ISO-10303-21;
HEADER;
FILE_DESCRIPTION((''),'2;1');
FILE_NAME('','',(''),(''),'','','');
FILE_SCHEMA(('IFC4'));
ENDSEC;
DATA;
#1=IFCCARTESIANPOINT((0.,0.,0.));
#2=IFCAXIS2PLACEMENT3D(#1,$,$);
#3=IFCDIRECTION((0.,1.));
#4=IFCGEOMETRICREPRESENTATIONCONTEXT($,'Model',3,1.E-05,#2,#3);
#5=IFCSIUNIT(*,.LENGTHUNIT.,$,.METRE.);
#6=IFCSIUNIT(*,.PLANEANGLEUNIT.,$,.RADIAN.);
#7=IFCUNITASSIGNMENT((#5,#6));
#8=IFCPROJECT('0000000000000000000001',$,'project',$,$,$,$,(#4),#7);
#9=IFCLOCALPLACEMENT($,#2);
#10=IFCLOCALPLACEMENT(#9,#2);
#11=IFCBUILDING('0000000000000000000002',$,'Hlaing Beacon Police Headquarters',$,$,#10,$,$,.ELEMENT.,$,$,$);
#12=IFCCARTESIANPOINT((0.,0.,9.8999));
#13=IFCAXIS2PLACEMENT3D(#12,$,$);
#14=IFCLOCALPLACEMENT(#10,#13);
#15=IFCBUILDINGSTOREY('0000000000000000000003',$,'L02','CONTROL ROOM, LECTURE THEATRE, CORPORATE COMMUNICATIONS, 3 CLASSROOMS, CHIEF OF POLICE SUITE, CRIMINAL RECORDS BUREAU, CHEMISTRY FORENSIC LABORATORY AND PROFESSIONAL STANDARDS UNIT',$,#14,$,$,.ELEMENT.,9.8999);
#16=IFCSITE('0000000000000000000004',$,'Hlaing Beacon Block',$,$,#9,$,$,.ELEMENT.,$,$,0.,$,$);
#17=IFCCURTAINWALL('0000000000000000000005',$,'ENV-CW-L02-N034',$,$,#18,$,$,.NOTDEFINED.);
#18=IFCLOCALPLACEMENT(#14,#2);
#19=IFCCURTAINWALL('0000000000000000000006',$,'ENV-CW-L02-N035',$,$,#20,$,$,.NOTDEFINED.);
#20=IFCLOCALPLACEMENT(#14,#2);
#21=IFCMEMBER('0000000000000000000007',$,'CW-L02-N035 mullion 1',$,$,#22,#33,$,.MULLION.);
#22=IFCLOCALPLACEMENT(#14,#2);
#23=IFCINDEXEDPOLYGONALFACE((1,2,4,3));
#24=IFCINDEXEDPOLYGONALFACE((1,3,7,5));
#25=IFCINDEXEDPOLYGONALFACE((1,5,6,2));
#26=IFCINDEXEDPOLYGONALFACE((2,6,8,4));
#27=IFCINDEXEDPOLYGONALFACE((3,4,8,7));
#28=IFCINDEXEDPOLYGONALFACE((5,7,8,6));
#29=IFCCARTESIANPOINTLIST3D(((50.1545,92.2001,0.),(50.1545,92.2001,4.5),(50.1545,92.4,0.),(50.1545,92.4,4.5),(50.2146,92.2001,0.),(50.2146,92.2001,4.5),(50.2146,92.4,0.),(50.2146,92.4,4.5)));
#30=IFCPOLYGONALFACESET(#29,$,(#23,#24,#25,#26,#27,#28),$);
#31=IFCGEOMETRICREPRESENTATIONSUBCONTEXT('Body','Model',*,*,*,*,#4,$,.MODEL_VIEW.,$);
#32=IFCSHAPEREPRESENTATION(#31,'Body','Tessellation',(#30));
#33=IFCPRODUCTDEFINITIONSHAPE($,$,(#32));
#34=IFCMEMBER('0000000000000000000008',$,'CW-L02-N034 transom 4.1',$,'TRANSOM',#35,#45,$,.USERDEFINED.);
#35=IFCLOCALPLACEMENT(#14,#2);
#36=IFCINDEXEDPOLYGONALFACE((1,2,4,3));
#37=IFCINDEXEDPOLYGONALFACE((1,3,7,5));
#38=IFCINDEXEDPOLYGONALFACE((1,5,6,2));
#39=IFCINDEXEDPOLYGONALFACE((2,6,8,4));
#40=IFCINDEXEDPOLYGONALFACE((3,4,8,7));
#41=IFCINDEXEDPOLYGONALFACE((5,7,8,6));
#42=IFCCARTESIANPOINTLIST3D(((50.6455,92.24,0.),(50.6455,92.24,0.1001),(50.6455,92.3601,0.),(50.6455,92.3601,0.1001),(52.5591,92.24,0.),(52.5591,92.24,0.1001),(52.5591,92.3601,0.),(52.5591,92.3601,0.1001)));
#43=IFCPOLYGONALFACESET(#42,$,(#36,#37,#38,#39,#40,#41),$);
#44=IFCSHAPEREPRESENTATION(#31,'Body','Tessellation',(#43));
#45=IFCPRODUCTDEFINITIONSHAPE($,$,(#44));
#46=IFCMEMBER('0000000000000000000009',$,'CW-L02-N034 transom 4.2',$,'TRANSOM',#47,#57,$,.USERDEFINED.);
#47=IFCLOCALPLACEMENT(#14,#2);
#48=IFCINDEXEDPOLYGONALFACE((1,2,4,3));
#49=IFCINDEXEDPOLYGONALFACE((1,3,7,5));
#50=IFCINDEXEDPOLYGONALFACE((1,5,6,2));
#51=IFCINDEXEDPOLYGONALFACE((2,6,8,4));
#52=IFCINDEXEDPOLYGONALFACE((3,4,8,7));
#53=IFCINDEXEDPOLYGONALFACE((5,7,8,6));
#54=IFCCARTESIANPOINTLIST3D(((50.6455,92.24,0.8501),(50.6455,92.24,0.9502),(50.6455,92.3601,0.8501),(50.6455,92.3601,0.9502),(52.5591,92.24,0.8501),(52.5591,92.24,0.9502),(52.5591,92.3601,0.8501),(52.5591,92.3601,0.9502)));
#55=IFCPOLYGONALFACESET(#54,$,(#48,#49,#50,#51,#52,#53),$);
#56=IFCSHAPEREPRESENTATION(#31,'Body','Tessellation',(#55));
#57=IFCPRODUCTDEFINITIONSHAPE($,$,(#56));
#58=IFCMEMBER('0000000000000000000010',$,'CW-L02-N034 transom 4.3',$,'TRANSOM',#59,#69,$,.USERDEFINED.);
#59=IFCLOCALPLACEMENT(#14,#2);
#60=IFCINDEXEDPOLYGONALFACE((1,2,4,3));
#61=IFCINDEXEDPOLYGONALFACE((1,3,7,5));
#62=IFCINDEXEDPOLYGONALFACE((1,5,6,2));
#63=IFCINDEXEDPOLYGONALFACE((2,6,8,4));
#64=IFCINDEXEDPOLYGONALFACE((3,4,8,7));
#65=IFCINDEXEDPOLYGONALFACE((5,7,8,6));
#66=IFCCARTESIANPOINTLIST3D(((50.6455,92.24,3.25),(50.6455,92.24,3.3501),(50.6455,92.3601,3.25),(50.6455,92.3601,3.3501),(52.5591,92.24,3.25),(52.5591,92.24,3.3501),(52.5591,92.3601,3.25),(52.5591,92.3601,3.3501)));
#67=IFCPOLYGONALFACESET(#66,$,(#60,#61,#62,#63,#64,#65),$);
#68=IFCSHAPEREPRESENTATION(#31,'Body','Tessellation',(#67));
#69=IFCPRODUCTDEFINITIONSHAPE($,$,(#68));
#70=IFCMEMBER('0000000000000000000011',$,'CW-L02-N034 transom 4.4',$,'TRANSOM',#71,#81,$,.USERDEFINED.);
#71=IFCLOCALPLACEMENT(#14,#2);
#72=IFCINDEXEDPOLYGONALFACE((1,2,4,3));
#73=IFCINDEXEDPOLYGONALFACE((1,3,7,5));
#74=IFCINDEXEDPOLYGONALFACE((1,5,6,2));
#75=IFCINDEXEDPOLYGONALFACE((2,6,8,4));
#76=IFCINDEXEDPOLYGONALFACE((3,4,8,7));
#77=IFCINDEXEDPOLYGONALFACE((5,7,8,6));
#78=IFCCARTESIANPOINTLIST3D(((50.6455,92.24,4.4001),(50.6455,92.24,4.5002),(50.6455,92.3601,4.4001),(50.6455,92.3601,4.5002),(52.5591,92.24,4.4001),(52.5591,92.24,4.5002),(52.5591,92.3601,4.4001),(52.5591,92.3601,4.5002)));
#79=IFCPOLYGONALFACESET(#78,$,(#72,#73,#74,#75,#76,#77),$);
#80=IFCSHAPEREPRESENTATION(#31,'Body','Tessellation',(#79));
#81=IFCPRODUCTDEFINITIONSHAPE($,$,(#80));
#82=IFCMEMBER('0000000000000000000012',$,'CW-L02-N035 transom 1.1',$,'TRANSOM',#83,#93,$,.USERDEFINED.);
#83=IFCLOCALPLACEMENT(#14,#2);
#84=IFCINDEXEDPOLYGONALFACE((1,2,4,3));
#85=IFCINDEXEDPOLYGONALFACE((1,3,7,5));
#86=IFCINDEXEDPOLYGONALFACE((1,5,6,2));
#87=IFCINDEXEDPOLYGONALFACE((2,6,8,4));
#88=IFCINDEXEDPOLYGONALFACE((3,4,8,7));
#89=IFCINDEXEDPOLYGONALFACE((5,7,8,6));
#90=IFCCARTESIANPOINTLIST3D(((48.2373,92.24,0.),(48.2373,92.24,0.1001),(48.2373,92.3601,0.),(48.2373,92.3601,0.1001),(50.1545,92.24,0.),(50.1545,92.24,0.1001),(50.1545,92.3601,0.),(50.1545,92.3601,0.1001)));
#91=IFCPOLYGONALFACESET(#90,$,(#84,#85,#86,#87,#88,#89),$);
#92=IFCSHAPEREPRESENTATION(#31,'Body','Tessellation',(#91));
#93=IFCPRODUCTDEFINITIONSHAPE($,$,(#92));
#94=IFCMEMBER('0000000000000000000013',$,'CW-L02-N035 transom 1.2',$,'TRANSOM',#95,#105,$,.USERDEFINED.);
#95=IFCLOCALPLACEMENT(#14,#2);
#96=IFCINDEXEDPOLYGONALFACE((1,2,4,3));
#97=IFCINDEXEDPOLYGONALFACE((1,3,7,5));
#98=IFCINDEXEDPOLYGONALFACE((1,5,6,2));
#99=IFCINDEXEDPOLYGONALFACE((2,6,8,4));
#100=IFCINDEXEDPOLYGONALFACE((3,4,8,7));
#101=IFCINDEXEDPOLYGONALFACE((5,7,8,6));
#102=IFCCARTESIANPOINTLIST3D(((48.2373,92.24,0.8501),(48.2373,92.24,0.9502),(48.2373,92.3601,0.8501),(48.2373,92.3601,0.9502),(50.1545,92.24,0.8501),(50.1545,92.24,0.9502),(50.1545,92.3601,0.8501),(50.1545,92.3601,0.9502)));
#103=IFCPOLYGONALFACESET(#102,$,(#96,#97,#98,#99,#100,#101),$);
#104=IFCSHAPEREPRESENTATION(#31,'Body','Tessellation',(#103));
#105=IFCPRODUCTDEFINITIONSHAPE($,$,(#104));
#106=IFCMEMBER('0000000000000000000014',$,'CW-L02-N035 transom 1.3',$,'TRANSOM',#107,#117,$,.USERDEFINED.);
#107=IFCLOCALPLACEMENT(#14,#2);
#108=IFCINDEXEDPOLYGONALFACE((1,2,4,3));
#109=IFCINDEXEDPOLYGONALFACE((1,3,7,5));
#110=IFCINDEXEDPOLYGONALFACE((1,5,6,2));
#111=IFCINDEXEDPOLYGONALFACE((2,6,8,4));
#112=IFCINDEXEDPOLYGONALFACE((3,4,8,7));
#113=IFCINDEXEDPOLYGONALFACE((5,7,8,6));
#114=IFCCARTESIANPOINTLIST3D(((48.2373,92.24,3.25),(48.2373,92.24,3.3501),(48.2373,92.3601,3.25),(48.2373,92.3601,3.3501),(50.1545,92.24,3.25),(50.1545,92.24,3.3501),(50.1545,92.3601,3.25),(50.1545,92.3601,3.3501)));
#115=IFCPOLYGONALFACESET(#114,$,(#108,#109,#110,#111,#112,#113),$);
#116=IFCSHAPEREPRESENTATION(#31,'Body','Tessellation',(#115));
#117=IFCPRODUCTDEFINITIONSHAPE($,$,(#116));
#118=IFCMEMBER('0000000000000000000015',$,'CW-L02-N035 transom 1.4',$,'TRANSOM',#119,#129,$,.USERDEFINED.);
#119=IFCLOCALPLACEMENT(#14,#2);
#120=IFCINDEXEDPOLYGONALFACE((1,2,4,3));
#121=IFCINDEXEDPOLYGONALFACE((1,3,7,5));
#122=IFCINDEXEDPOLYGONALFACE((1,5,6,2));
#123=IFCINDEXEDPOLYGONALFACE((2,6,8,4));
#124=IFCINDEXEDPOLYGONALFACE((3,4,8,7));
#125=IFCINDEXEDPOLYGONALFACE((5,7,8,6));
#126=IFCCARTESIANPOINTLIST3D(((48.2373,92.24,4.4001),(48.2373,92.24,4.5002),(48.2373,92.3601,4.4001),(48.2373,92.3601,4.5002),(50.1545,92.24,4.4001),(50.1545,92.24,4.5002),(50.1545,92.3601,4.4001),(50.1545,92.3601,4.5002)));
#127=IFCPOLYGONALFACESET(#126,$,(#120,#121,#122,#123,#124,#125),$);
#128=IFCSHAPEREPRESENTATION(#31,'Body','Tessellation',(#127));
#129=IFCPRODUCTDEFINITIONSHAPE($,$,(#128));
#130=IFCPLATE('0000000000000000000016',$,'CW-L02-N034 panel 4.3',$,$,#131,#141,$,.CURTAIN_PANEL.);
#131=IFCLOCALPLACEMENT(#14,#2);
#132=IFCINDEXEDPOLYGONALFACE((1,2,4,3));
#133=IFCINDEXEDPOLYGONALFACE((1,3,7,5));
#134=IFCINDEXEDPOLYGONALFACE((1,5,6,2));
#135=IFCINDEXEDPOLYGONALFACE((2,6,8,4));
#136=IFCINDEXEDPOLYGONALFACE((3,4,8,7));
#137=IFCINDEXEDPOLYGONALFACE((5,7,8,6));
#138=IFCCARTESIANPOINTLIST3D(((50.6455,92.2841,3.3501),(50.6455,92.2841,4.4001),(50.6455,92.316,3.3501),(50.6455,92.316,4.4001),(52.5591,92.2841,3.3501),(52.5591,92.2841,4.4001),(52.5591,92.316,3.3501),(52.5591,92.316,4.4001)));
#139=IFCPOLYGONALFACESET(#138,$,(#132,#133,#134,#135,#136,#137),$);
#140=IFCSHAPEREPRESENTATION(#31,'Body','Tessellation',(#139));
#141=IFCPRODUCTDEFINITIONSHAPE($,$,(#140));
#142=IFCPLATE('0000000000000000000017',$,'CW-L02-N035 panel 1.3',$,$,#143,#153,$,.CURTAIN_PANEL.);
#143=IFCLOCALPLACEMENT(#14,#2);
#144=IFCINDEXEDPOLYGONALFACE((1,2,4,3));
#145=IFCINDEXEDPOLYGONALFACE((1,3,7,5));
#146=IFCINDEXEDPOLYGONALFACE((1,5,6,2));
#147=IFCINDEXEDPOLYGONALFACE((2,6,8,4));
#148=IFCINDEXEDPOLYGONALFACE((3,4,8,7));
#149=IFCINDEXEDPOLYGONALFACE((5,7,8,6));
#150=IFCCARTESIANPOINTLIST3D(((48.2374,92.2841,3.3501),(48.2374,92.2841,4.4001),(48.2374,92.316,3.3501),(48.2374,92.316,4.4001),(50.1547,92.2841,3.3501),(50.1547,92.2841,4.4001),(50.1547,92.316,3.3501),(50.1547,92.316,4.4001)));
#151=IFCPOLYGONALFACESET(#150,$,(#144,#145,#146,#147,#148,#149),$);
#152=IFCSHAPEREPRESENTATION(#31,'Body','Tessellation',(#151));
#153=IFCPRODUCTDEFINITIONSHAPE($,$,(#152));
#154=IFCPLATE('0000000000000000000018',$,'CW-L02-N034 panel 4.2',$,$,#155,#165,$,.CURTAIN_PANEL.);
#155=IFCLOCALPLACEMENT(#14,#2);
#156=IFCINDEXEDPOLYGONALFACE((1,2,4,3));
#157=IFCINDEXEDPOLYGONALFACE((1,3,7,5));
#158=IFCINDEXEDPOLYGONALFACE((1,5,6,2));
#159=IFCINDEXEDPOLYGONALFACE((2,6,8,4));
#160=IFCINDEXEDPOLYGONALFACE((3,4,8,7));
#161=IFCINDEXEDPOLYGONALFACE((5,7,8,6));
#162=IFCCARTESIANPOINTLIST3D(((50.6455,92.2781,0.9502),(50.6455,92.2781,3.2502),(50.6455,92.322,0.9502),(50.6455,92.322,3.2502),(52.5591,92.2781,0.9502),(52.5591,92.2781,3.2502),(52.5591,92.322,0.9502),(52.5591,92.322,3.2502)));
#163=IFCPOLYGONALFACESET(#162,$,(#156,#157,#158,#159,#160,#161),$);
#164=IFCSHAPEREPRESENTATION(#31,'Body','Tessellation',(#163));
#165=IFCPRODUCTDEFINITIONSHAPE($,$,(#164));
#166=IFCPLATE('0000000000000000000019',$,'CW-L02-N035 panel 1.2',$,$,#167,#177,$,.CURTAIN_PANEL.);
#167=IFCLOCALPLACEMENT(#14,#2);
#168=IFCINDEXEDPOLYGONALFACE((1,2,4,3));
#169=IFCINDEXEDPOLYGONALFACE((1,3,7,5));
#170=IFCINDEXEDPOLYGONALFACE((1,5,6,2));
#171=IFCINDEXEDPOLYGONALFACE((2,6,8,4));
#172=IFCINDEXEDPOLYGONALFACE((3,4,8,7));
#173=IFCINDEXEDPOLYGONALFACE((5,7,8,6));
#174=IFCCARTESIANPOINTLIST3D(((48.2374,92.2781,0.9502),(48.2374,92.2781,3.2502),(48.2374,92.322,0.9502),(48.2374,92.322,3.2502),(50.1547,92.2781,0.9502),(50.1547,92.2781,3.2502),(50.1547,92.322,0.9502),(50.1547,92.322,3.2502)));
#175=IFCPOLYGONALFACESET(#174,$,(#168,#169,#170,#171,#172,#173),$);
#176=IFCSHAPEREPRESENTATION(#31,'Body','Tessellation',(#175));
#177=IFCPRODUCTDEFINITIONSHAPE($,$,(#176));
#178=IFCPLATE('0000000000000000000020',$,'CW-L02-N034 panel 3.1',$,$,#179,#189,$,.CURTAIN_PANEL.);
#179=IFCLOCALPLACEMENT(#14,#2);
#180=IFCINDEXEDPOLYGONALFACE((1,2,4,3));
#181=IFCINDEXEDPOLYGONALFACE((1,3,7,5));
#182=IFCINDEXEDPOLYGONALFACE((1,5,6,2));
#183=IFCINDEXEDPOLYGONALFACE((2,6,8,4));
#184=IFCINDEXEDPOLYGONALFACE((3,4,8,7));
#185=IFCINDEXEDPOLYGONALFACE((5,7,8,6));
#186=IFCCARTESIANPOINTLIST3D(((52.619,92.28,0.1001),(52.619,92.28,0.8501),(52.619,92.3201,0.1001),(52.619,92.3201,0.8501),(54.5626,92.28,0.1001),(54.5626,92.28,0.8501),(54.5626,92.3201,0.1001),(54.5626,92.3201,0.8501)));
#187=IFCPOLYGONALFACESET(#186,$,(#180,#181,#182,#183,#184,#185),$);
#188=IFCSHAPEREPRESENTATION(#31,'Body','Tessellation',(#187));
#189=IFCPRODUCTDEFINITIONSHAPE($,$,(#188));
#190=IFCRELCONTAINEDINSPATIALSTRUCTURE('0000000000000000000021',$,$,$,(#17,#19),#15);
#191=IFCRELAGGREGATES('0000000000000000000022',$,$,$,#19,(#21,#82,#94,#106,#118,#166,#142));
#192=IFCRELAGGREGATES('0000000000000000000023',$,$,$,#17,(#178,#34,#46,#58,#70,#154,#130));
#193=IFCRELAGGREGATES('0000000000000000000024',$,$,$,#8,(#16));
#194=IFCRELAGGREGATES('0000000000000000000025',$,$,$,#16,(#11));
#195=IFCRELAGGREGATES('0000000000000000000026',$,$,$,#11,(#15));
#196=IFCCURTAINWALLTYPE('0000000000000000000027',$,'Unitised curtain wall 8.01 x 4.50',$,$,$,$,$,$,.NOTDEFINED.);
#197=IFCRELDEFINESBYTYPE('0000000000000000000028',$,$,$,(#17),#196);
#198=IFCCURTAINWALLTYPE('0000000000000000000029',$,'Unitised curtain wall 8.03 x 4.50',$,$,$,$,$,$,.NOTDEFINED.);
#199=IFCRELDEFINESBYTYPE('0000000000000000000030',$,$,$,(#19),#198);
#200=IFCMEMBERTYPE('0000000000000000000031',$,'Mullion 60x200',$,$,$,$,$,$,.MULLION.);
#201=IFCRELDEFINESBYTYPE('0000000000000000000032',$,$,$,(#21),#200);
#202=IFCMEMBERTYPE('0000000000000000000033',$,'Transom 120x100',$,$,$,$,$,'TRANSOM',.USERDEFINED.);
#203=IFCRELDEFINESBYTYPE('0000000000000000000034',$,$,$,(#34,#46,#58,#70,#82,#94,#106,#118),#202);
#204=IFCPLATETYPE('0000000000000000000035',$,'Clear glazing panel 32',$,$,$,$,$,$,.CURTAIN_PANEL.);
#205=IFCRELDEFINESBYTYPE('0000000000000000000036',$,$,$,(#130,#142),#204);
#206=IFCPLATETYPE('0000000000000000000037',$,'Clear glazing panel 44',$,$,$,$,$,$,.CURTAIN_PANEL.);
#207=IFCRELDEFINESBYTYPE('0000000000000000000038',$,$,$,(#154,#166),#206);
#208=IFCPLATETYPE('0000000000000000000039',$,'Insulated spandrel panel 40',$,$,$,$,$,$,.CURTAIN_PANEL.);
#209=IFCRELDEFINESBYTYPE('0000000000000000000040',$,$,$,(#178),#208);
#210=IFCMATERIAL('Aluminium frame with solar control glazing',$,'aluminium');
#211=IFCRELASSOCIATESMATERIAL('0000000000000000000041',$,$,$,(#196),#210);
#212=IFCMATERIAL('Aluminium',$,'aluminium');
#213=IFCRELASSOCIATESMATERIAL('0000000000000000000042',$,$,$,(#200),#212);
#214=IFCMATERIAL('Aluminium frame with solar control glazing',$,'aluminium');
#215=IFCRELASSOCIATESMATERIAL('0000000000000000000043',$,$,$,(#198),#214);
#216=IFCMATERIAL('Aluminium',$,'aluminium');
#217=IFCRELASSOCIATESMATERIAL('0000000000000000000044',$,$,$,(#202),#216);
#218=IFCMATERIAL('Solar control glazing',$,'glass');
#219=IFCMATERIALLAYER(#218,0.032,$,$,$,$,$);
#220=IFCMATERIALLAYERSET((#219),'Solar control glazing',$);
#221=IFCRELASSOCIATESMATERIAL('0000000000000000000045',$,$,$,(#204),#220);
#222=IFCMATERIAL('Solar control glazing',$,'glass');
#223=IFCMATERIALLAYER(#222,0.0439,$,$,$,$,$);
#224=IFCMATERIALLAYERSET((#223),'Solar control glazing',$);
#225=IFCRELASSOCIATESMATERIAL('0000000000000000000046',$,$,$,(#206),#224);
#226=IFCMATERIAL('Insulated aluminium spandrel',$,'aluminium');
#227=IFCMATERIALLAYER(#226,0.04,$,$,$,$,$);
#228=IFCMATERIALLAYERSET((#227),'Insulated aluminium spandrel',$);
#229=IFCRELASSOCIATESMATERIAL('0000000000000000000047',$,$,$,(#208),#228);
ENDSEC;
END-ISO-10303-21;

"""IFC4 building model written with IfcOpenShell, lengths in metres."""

from ifc_helpers import new_model, si_unit, direction, frame, origin, origin_2d, place, context, subcontext, project, spatial, rectangle, extrude, material, layer, layer_set, material_profile, profile_set, type_object, element, aggregate, save


model = new_model("IFC4")

# Units and contexts
model_context = context("Model", 3, precision=1e-05, world=origin(), true_north=direction((0.0, 1.0)))
body_context = subcontext(model_context, "Body", "Model", "MODEL_VIEW")
ifc_project = project(units=[si_unit("LENGTHUNIT", "METRE"), si_unit("PLANEANGLEUNIT", "RADIAN")], contexts=[model_context])

# Site, building, storey
site_placement = place(None, origin())
site = spatial("IfcSite", under=ifc_project, at=site_placement, Name="Hlaing Beacon Block", CompositionType="ELEMENT", RefElevation=0.0)
building_placement = place(site_placement, origin())
building = spatial("IfcBuilding", under=site, at=building_placement, Name="Hlaing Beacon Police Headquarters", CompositionType="ELEMENT")
storey_placement = place(building_placement, frame((0.0, 0.0, 9.8999)))
storey = spatial("IfcBuildingStorey", under=building, at=storey_placement, Name="L02", Description="CONTROL ROOM, LECTURE THEATRE, CORPORATE COMMUNICATIONS, 3 CLASSROOMS, CHIEF OF POLICE SUITE, CRIMINAL RECORDS BUREAU, CHEMISTRY FORENSIC LABORATORY AND PROFESSIONAL STANDARDS UNIT", CompositionType="ELEMENT", Elevation=9.8999)

# Curtain wall
ifc_material_1 = material(Name="Aluminium frame with solar control glazing", Category="aluminium")
curtain_wall_type_1 = type_object("IfcCurtainWallType", Name="Unitised curtain wall 8.01 x 4.50", PredefinedType="NOTDEFINED", material=ifc_material_1)
curtain_wall_1_placement = place(storey_placement, origin())
curtain_wall_1 = element("IfcCurtainWall", 1, at=curtain_wall_1_placement, inside=storey, type_object=curtain_wall_type_1, Name="ENV-CW-L02-N034", PredefinedType="NOTDEFINED")
ifc_material_2 = material(Name="Aluminium", Category="aluminium")
ifc_material_profile_1 = material_profile(ifc_material_2, rectangle(XDim=0.2, YDim=0.0601, at=origin_2d()), Name="Mullion 60x200")
ifc_profile_set_1 = profile_set([ifc_material_profile_1], Name="Aluminium")
member_type_1 = type_object("IfcMemberType", Name="Mullion 60x200", PredefinedType="MULLION", material=ifc_profile_set_1)

# Curtain wall, member
ifc_material_3 = material(Name="Aluminium frame with solar control glazing", Category="aluminium")
curtain_wall_type_2 = type_object("IfcCurtainWallType", Name="Unitised curtain wall 8.03 x 4.50", PredefinedType="NOTDEFINED", material=ifc_material_3)
curtain_wall_2_placement = place(storey_placement, origin())
curtain_wall_2 = element("IfcCurtainWall", 2, at=curtain_wall_2_placement, inside=storey, type_object=curtain_wall_type_2, Name="ENV-CW-L02-N035", PredefinedType="NOTDEFINED")
member_1_placement = place(storey_placement, frame((50.1846, 92.3, 0.0), z_axis=(0.0, 0.0, 1.0), x_axis=(0.0, -1.0, 0.0)))
member_1 = element("IfcMember", 3, at=member_1_placement, type_object=member_type_1, Name="CW-L02-N035 mullion 1", PredefinedType="MULLION", context=body_context, shape_type="SweptSolid", body=[
    extrude(rectangle(XDim=0.2, YDim=0.0601, at=origin_2d()), origin(), (0.0, 0.0, 1.0), 4.5),
])

# Members
ifc_material_4 = material(Name="Aluminium", Category="aluminium")
ifc_material_profile_2 = material_profile(ifc_material_4, rectangle(XDim=0.1201, YDim=0.1001, at=origin_2d()), Name="Transom 120x100")
ifc_profile_set_2 = profile_set([ifc_material_profile_2], Name="Aluminium")
member_type_2 = type_object("IfcMemberType", Name="Transom 120x100", ElementType="TRANSOM", PredefinedType="USERDEFINED", material=ifc_profile_set_2)
member_2_placement = place(storey_placement, frame((52.5591, 92.3, 0.05), z_axis=(-1.0, 0.0, 0.0), x_axis=(0.0, -1.0, 0.0)))
member_2 = element("IfcMember", 4, at=member_2_placement, type_object=member_type_2, Name="CW-L02-N034 transom 4.1", ObjectType="TRANSOM", PredefinedType="USERDEFINED", context=body_context, shape_type="SweptSolid", body=[
    extrude(rectangle(XDim=0.1201, YDim=0.1001, at=origin_2d()), origin(), (0.0, 0.0, 1.0), 1.9136),
])
member_3_placement = place(storey_placement, frame((52.5591, 92.3, 0.9001), z_axis=(-1.0, 0.0, 0.0), x_axis=(0.0, -1.0, 0.0)))
member_3 = element("IfcMember", 5, at=member_3_placement, type_object=member_type_2, Name="CW-L02-N034 transom 4.2", ObjectType="TRANSOM", PredefinedType="USERDEFINED", context=body_context, shape_type="SweptSolid", body=[
    extrude(rectangle(XDim=0.1201, YDim=0.1001, at=origin_2d()), origin(), (0.0, 0.0, 1.0), 1.9136),
])
member_4_placement = place(storey_placement, frame((52.5591, 92.3, 3.3), z_axis=(-1.0, 0.0, 0.0), x_axis=(0.0, -1.0, 0.0)))
member_4 = element("IfcMember", 6, at=member_4_placement, type_object=member_type_2, Name="CW-L02-N034 transom 4.3", ObjectType="TRANSOM", PredefinedType="USERDEFINED", context=body_context, shape_type="SweptSolid", body=[
    extrude(rectangle(XDim=0.1201, YDim=0.1001, at=origin_2d()), origin(), (0.0, 0.0, 1.0), 1.9136),
])
member_5_placement = place(storey_placement, frame((52.5591, 92.3, 4.4502), z_axis=(-1.0, 0.0, 0.0), x_axis=(0.0, -1.0, 0.0)))
member_5 = element("IfcMember", 7, at=member_5_placement, type_object=member_type_2, Name="CW-L02-N034 transom 4.4", ObjectType="TRANSOM", PredefinedType="USERDEFINED", context=body_context, shape_type="SweptSolid", body=[
    extrude(rectangle(XDim=0.1201, YDim=0.1001, at=origin_2d()), origin(), (0.0, 0.0, 1.0), 1.9136),
])
member_6_placement = place(storey_placement, frame((50.1545, 92.3, 0.05), z_axis=(-1.0, 0.0, 0.0), x_axis=(0.0, -1.0, 0.0)))
member_6 = element("IfcMember", 8, at=member_6_placement, type_object=member_type_2, Name="CW-L02-N035 transom 1.1", ObjectType="TRANSOM", PredefinedType="USERDEFINED", context=body_context, shape_type="SweptSolid", body=[
    extrude(rectangle(XDim=0.1201, YDim=0.1001, at=origin_2d()), origin(), (0.0, 0.0, 1.0), 1.9172),
])
member_7_placement = place(storey_placement, frame((50.1545, 92.3, 0.9001), z_axis=(-1.0, 0.0, 0.0), x_axis=(0.0, -1.0, 0.0)))
member_7 = element("IfcMember", 9, at=member_7_placement, type_object=member_type_2, Name="CW-L02-N035 transom 1.2", ObjectType="TRANSOM", PredefinedType="USERDEFINED", context=body_context, shape_type="SweptSolid", body=[
    extrude(rectangle(XDim=0.1201, YDim=0.1001, at=origin_2d()), origin(), (0.0, 0.0, 1.0), 1.9172),
])
member_8_placement = place(storey_placement, frame((50.1545, 92.3, 3.3), z_axis=(-1.0, 0.0, 0.0), x_axis=(0.0, -1.0, 0.0)))
member_8 = element("IfcMember", 10, at=member_8_placement, type_object=member_type_2, Name="CW-L02-N035 transom 1.3", ObjectType="TRANSOM", PredefinedType="USERDEFINED", context=body_context, shape_type="SweptSolid", body=[
    extrude(rectangle(XDim=0.1201, YDim=0.1001, at=origin_2d()), origin(), (0.0, 0.0, 1.0), 1.9172),
])
member_9_placement = place(storey_placement, frame((50.1545, 92.3, 4.4502), z_axis=(-1.0, 0.0, 0.0), x_axis=(0.0, -1.0, 0.0)))
member_9 = element("IfcMember", 11, at=member_9_placement, type_object=member_type_2, Name="CW-L02-N035 transom 1.4", ObjectType="TRANSOM", PredefinedType="USERDEFINED", context=body_context, shape_type="SweptSolid", body=[
    extrude(rectangle(XDim=0.1201, YDim=0.1001, at=origin_2d()), origin(), (0.0, 0.0, 1.0), 1.9172),
])

# Plates
ifc_material_5 = material(Name="Solar control glazing", Category="glass")
ifc_layer_1 = layer(ifc_material_5, 0.032)
ifc_layer_set_1 = layer_set([ifc_layer_1], Name="Solar control glazing")
plate_type_1 = type_object("IfcPlateType", Name="Clear glazing panel 32", PredefinedType="CURTAIN_PANEL", material=ifc_layer_set_1)
plate_1_placement = place(storey_placement, frame((51.6023, 92.3, 3.3501), z_axis=(0.0, 0.0, 1.0), x_axis=(-1.0, 0.0, 0.0)))
plate_1 = element("IfcPlate", 12, at=plate_1_placement, type_object=plate_type_1, Name="CW-L02-N034 panel 4.3", PredefinedType="CURTAIN_PANEL", context=body_context, shape_type="SweptSolid", body=[
    extrude(rectangle(XDim=1.9136, YDim=0.032, at=origin_2d()), origin(), (0.0, 0.0, 1.0), 1.05),
])
plate_2_placement = place(storey_placement, frame((49.196, 92.3, 3.3501), z_axis=(0.0, 0.0, 1.0), x_axis=(-1.0, 0.0, 0.0)))
plate_2 = element("IfcPlate", 13, at=plate_2_placement, type_object=plate_type_1, Name="CW-L02-N035 panel 1.3", PredefinedType="CURTAIN_PANEL", context=body_context, shape_type="SweptSolid", body=[
    extrude(rectangle(XDim=1.9172, YDim=0.032, at=origin_2d()), origin(), (0.0, 0.0, 1.0), 1.05),
])
ifc_material_6 = material(Name="Solar control glazing", Category="glass")
ifc_layer_2 = layer(ifc_material_6, 0.0439)
ifc_layer_set_2 = layer_set([ifc_layer_2], Name="Solar control glazing")
plate_type_2 = type_object("IfcPlateType", Name="Clear glazing panel 44", PredefinedType="CURTAIN_PANEL", material=ifc_layer_set_2)
plate_3_placement = place(storey_placement, frame((51.6023, 92.3, 0.9502), z_axis=(0.0, 0.0, 1.0), x_axis=(-1.0, 0.0, 0.0)))
plate_3 = element("IfcPlate", 14, at=plate_3_placement, type_object=plate_type_2, Name="CW-L02-N034 panel 4.2", PredefinedType="CURTAIN_PANEL", context=body_context, shape_type="SweptSolid", body=[
    extrude(rectangle(XDim=1.9136, YDim=0.0439, at=origin_2d()), origin(), (0.0, 0.0, 1.0), 2.3),
])
plate_4_placement = place(storey_placement, frame((49.196, 92.3, 0.9502), z_axis=(0.0, 0.0, 1.0), x_axis=(-1.0, 0.0, 0.0)))
plate_4 = element("IfcPlate", 15, at=plate_4_placement, type_object=plate_type_2, Name="CW-L02-N035 panel 1.2", PredefinedType="CURTAIN_PANEL", context=body_context, shape_type="SweptSolid", body=[
    extrude(rectangle(XDim=1.9172, YDim=0.0439, at=origin_2d()), origin(), (0.0, 0.0, 1.0), 2.3),
])
aggregate(curtain_wall_2, [member_1, member_6, member_7, member_8, member_9, plate_4, plate_2])
ifc_material_7 = material(Name="Insulated aluminium spandrel", Category="aluminium")
ifc_layer_3 = layer(ifc_material_7, 0.04)
ifc_layer_set_3 = layer_set([ifc_layer_3], Name="Insulated aluminium spandrel")
plate_type_3 = type_object("IfcPlateType", Name="Insulated spandrel panel 40", PredefinedType="CURTAIN_PANEL", material=ifc_layer_set_3)
plate_5_placement = place(storey_placement, frame((53.5908, 92.3, 0.1001), z_axis=(0.0, 0.0, 1.0), x_axis=(-1.0, 0.0, 0.0)))
plate_5 = element("IfcPlate", 16, at=plate_5_placement, type_object=plate_type_3, Name="CW-L02-N034 panel 3.1", PredefinedType="CURTAIN_PANEL", context=body_context, shape_type="SweptSolid", body=[
    extrude(rectangle(XDim=1.9436, YDim=0.04, at=origin_2d()), origin(), (0.0, 0.0, 1.0), 0.75),
])
aggregate(curtain_wall_1, [plate_5, member_2, member_3, member_4, member_5, plate_3, plate_1])

save(model, "model.ifc")
